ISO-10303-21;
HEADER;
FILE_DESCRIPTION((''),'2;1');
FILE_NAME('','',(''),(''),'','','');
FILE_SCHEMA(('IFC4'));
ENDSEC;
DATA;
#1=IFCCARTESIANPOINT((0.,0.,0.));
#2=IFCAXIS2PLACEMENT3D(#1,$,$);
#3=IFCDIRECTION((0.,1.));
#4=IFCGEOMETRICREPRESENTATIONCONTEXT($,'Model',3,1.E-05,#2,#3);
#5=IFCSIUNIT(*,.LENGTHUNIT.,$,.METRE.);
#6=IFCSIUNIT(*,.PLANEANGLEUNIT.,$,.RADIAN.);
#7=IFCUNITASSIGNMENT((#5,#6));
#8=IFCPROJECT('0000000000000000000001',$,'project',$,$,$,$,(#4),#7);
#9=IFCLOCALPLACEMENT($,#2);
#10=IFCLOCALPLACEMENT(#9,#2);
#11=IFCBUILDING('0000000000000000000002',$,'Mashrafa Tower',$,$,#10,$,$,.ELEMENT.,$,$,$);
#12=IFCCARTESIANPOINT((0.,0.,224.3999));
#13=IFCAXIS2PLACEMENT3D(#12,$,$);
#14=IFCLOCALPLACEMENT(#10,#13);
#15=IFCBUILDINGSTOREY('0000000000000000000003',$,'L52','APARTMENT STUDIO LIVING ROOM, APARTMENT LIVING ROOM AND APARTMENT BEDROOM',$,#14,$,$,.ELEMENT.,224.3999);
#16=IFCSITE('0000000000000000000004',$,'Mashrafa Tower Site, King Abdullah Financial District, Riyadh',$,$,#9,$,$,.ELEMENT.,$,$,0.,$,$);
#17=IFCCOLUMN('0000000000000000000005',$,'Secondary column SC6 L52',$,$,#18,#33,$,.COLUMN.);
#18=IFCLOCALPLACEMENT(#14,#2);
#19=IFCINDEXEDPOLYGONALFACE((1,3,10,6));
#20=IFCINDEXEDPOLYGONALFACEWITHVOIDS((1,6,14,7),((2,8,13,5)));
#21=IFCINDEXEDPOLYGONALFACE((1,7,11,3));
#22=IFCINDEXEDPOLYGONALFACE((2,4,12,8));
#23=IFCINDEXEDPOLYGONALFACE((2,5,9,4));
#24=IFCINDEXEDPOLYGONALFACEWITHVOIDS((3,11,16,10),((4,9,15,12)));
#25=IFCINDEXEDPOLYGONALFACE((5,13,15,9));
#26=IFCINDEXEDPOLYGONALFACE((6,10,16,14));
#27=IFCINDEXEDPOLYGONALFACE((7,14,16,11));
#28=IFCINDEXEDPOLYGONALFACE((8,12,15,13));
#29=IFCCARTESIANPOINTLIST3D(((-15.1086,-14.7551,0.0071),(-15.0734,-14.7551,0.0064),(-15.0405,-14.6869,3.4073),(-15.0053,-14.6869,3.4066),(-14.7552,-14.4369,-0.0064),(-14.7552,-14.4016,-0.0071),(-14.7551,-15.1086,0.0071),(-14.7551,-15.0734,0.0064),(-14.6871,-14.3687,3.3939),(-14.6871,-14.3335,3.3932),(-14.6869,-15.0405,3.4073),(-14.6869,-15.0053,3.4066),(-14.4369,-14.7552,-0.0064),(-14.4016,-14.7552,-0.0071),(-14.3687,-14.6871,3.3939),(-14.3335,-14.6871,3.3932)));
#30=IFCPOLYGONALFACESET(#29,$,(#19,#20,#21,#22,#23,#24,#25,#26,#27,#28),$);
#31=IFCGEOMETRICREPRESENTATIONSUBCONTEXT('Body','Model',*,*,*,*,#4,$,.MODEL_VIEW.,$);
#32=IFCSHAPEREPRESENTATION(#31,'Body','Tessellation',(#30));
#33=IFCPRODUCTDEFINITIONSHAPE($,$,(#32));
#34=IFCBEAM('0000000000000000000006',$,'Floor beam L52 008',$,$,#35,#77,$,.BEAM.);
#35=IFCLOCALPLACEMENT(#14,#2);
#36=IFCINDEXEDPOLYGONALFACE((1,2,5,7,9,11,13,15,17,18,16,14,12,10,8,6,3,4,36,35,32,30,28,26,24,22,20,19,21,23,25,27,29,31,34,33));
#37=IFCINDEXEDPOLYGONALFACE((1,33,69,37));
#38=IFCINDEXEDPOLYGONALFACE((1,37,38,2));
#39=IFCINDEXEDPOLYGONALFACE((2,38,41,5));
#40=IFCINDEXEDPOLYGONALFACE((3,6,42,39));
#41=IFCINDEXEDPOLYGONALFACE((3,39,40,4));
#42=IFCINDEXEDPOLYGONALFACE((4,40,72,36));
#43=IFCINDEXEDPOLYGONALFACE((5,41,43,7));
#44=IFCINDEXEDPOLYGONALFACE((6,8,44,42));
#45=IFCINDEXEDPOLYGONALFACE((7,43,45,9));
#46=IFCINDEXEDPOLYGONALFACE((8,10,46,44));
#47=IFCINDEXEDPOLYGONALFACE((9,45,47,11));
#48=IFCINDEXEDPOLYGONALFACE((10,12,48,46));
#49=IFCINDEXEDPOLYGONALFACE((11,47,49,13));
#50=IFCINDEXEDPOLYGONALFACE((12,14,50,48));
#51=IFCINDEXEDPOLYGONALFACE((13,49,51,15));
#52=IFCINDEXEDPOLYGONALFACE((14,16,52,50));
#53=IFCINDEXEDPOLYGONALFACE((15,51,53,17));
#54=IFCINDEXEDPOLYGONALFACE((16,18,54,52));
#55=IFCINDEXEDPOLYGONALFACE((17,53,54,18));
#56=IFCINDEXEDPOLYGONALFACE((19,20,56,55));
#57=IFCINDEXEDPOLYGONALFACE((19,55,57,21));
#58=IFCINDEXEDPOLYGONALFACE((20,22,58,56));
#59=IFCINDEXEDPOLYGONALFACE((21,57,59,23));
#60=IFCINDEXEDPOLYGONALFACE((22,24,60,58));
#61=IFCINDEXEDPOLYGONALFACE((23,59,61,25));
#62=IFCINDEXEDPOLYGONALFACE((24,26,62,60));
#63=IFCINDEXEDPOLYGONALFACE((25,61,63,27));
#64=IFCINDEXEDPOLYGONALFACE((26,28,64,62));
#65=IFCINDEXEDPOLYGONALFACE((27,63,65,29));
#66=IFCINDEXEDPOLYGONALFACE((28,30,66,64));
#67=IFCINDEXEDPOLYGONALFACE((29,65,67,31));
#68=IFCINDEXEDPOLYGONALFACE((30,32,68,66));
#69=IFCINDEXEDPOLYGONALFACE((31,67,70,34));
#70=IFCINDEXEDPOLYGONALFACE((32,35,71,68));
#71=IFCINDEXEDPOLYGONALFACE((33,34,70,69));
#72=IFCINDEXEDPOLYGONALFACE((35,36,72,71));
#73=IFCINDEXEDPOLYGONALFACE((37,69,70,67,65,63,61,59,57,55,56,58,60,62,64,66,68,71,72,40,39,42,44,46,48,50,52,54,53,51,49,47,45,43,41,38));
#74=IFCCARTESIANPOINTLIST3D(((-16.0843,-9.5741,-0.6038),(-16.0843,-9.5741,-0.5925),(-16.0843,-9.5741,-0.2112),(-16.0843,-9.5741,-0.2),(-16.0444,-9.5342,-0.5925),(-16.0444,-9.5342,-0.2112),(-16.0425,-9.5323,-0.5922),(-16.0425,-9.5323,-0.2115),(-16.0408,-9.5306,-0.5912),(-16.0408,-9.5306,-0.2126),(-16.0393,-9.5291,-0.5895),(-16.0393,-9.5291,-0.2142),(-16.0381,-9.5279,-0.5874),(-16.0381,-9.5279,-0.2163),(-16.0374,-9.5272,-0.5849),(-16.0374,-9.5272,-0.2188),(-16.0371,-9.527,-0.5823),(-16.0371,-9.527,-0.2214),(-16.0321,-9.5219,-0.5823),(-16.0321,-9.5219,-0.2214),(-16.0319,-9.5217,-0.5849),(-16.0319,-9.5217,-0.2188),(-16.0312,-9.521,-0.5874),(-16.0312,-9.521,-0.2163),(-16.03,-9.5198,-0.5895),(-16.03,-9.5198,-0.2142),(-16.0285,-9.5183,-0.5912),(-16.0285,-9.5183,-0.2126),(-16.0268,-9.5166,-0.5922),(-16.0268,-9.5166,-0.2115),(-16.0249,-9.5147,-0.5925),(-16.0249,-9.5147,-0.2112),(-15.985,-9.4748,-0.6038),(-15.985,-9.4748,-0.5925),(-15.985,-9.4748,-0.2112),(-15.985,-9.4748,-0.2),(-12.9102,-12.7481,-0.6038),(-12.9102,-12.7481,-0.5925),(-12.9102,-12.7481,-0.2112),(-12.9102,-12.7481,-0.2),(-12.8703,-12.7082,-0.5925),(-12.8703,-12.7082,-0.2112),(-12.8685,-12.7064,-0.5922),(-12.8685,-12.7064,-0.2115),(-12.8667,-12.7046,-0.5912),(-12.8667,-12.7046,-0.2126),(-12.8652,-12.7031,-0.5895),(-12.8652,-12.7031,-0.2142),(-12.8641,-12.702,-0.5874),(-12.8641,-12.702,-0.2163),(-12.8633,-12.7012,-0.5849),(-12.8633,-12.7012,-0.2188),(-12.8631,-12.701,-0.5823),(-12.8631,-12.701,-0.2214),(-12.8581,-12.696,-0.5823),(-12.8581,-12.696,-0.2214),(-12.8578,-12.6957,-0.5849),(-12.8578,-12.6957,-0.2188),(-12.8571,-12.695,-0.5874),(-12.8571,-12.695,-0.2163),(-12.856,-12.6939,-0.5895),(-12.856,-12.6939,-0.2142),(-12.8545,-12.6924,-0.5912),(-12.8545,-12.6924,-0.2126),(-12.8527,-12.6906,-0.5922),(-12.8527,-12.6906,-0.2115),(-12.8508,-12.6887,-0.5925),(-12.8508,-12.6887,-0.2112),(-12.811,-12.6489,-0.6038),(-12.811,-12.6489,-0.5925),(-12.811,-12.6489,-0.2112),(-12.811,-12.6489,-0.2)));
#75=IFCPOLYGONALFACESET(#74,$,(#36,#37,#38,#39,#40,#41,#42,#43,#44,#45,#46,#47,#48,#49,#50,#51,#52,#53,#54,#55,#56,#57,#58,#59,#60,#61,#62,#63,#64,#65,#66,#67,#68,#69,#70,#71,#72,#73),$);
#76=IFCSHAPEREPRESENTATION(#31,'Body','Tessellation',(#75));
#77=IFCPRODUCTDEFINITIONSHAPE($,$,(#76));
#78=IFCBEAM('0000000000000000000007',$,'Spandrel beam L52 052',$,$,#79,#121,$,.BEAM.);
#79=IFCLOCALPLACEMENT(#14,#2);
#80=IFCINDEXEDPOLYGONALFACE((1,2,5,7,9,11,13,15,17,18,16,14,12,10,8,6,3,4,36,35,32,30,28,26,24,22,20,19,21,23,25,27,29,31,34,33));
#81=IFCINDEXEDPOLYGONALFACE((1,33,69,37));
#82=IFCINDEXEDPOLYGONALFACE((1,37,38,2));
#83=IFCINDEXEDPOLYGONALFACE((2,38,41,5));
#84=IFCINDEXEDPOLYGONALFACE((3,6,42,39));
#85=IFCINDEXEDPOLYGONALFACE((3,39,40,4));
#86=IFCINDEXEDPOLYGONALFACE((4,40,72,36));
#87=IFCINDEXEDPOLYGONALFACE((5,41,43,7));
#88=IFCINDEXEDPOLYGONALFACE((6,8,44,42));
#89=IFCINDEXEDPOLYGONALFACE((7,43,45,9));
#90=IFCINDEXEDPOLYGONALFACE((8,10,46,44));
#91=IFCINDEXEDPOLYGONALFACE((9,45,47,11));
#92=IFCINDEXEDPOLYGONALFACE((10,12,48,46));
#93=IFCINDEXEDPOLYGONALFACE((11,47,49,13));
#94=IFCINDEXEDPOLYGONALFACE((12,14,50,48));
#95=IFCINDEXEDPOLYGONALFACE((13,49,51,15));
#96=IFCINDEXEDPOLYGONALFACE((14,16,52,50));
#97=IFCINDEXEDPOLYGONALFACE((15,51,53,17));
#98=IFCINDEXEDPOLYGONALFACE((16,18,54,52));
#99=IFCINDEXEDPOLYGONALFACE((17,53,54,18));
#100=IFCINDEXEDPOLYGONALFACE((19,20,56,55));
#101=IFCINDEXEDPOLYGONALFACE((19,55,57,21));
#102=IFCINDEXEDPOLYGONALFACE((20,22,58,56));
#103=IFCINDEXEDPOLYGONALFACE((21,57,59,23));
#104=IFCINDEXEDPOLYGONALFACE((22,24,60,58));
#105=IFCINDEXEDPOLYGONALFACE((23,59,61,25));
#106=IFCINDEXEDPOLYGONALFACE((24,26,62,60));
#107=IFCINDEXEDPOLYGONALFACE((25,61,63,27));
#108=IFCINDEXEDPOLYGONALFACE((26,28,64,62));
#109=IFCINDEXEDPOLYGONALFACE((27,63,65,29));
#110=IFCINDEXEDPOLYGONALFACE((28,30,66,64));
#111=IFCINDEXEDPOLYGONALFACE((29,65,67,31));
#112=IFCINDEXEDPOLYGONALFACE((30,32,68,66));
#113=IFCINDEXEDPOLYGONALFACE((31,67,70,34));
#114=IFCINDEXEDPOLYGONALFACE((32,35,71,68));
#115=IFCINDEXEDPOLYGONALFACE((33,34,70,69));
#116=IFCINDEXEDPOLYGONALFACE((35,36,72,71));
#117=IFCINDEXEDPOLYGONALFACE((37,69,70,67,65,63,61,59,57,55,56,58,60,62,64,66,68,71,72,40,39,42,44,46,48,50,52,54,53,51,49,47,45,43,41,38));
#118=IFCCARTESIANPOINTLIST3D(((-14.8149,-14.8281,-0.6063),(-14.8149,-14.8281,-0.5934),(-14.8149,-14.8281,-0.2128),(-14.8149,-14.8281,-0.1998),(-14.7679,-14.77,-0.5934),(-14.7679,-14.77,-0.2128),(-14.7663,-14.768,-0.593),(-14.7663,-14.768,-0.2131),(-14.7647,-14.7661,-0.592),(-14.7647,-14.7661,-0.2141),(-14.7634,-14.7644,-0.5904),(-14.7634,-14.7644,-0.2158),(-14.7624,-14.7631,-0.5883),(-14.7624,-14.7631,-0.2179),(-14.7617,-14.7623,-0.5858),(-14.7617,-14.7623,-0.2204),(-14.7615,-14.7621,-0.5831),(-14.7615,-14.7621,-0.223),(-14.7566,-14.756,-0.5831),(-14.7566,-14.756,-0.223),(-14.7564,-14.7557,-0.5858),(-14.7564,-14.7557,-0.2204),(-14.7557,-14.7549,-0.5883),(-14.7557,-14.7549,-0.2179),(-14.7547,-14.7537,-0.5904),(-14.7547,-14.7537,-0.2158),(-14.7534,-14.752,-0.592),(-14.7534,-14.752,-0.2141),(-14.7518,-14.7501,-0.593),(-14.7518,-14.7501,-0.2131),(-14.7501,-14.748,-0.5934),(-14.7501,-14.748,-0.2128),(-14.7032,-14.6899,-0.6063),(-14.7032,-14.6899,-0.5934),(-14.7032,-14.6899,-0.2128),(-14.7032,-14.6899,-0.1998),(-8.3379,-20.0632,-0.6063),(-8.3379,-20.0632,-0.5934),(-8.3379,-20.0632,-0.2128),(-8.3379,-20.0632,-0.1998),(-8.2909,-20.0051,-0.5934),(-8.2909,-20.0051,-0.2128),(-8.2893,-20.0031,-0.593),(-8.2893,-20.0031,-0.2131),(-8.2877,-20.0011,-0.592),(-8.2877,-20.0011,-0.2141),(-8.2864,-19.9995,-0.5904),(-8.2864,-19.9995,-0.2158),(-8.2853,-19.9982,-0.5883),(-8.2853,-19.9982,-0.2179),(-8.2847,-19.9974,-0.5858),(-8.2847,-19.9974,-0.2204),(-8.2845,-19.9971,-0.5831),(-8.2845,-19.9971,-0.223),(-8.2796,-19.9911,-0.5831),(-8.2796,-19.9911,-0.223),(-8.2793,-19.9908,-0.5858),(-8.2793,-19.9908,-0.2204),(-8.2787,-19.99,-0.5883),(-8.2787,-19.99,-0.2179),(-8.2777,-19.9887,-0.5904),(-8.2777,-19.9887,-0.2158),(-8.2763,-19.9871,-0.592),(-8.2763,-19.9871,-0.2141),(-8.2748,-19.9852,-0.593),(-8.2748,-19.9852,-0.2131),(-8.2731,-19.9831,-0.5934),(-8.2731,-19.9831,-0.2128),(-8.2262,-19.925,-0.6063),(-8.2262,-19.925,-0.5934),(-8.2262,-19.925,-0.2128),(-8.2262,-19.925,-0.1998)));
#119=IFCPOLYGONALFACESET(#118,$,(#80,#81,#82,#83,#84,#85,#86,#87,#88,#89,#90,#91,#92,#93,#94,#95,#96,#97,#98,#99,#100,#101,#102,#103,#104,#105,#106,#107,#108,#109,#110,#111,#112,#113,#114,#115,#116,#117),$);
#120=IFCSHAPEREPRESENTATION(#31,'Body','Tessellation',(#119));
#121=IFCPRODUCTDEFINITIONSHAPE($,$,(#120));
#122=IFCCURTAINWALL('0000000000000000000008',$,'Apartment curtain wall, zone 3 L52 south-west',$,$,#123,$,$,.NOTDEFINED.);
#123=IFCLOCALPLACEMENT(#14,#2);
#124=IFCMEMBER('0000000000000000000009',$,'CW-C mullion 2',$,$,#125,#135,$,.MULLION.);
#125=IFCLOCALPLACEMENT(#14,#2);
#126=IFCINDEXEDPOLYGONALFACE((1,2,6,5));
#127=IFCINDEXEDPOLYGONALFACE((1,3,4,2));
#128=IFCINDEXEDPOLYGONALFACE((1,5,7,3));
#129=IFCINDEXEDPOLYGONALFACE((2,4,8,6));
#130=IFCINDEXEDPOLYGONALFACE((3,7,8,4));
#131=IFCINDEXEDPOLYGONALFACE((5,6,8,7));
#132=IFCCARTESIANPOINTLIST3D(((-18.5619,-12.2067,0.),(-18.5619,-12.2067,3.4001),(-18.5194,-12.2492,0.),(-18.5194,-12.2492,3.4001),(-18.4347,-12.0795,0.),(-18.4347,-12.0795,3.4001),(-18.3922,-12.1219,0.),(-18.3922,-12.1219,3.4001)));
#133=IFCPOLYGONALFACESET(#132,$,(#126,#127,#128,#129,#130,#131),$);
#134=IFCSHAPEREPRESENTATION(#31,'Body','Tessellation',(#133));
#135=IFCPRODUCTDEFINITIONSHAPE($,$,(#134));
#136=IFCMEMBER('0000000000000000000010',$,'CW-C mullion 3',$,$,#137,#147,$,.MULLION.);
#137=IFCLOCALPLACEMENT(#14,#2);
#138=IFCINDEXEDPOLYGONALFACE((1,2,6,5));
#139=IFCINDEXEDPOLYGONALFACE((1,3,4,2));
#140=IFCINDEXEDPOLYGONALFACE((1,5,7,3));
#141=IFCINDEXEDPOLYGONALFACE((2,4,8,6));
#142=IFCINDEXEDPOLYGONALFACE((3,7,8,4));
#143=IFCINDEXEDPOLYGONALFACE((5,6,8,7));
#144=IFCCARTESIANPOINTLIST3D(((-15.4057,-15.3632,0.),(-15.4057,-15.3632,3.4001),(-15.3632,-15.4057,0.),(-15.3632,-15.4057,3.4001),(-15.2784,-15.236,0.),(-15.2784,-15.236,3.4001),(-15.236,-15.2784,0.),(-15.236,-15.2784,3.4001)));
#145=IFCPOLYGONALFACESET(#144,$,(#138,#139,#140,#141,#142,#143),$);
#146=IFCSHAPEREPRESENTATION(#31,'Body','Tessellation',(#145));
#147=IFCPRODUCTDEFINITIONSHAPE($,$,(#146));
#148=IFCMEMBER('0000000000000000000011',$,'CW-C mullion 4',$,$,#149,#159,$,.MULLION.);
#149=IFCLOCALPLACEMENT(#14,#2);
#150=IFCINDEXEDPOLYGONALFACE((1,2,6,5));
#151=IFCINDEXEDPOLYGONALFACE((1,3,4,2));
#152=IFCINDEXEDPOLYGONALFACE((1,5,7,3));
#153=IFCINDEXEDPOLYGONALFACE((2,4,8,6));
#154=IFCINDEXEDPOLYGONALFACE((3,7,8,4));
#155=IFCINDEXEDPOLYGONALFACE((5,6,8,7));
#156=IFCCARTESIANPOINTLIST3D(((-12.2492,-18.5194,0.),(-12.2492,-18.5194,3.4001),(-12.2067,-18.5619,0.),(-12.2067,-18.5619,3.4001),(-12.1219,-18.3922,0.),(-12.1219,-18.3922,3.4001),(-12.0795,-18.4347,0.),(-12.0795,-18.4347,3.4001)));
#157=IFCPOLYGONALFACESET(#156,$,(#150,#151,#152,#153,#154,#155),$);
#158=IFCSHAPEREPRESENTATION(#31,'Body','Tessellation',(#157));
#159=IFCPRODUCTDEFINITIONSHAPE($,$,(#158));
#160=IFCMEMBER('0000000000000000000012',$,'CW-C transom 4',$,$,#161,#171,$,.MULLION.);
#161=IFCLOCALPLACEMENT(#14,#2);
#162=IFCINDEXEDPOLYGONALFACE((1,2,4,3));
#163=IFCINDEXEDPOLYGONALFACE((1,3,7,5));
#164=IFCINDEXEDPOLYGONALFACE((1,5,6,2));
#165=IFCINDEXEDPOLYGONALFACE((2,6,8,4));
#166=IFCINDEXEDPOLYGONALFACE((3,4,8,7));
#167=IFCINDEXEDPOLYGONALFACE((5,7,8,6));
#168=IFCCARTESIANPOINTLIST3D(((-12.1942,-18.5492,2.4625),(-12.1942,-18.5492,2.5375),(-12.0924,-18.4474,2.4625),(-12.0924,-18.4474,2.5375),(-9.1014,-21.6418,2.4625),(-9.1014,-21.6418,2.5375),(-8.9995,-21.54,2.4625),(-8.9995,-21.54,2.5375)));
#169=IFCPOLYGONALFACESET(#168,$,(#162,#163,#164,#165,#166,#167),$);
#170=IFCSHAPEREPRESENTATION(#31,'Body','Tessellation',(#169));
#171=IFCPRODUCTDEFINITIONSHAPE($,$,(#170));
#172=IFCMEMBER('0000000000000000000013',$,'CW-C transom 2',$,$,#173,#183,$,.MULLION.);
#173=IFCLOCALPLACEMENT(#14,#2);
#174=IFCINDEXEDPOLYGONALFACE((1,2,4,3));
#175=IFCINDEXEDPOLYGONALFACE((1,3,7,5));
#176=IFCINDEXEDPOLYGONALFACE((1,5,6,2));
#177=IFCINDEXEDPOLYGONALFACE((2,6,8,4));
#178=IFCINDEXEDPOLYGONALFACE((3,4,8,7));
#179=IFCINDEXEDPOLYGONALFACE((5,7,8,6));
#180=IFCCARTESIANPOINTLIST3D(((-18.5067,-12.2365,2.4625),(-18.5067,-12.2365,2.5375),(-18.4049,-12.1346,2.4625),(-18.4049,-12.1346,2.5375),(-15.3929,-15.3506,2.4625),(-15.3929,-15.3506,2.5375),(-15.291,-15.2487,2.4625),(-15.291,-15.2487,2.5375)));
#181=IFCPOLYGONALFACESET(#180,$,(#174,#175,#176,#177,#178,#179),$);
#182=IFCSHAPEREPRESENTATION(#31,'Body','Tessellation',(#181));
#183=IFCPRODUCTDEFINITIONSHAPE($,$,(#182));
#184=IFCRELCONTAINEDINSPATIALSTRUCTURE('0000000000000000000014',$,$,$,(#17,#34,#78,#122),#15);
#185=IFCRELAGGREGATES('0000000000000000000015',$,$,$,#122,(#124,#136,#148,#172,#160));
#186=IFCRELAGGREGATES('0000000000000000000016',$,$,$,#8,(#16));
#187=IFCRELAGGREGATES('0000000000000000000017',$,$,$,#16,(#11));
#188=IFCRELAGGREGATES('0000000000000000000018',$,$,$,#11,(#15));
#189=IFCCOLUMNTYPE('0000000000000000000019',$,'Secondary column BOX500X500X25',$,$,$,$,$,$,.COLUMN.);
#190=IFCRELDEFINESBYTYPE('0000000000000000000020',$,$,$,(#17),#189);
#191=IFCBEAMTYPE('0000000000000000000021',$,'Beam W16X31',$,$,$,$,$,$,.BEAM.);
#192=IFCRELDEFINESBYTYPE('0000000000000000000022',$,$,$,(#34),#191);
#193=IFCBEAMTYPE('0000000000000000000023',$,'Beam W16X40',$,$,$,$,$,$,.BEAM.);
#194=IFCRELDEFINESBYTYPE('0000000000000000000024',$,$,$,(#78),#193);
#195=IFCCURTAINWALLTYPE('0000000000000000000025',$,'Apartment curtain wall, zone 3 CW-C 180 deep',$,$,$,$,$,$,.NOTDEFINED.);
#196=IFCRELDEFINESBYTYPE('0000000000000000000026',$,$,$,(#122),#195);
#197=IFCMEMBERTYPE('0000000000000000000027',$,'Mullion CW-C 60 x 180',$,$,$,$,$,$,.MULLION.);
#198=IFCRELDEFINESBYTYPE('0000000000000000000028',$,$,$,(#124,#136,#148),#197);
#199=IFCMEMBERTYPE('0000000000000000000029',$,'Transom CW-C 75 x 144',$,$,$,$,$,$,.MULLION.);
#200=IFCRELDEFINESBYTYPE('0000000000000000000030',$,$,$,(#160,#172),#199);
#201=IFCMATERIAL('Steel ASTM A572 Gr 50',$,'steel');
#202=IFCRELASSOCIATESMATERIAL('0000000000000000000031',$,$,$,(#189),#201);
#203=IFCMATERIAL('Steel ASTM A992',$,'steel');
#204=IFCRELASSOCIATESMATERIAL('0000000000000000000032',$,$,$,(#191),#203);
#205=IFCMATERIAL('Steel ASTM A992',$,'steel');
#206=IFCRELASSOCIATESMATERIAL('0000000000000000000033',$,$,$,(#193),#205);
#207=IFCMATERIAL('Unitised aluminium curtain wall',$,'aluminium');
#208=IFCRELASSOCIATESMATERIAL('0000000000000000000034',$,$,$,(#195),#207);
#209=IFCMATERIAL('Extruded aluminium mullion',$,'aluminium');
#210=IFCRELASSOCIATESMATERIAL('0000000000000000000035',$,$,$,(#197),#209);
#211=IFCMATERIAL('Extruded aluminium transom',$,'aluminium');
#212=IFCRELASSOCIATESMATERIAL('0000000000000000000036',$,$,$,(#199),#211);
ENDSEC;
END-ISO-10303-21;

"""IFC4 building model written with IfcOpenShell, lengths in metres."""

from ifc_helpers import new_model, si_unit, direction, frame, origin, origin_2d, place, context, subcontext, project, spatial, rectangle, hollow_rectangle, i_section, extrude, source, transform, mapped, material, material_profile, profile_set, type_object, type_shapes, element, aggregate, save


model = new_model("IFC4")

# Units and contexts
model_context = context("Model", 3, precision=1e-05, world=origin(), true_north=direction((0.0, 1.0)))
body_context = subcontext(model_context, "Body", "Model", "MODEL_VIEW")
ifc_project = project(units=[si_unit("LENGTHUNIT", "METRE"), si_unit("PLANEANGLEUNIT", "RADIAN")], contexts=[model_context])

# Site, building, storey
site_placement = place(None, origin())
site = spatial("IfcSite", under=ifc_project, at=site_placement, Name="Mashrafa Tower Site, King Abdullah Financial District, Riyadh", CompositionType="ELEMENT", RefElevation=0.0)
building_placement = place(site_placement, origin())
building = spatial("IfcBuilding", under=site, at=building_placement, Name="Mashrafa Tower", CompositionType="ELEMENT")
storey_placement = place(building_placement, frame((0.0, 0.0, 224.3999)))
storey = spatial("IfcBuildingStorey", under=building, at=storey_placement, Name="L52", Description="APARTMENT STUDIO LIVING ROOM, APARTMENT LIVING ROOM AND APARTMENT BEDROOM", CompositionType="ELEMENT", Elevation=224.3999)

# Column
ifc_material_1 = material(Name="Steel ASTM A572 Gr 50", Category="steel")
ifc_material_profile_1 = material_profile(ifc_material_1, hollow_rectangle(XDim=0.5, YDim=0.5, WallThickness=0.0249, at=origin_2d()), Name="BOX500X500X25")
ifc_profile_set_1 = profile_set([ifc_material_profile_1], Name="Steel ASTM A572 Gr 50")
column_type = type_object("IfcColumnType", Name="Secondary column BOX500X500X25", PredefinedType="COLUMN", material=ifc_profile_set_1)
column_placement = place(storey_placement, frame((-14.7551, -14.7551, 0.0), z_axis=(0.020025, 0.020025, 0.999599), x_axis=(-0.707107, 0.707107, 0.0)))
element("IfcColumn", 1, at=column_placement, inside=storey, type_object=column_type, Name="Secondary column SC6 L52", PredefinedType="COLUMN", context=body_context, shape_type="SweptSolid", body=[
    extrude(hollow_rectangle(XDim=0.5, YDim=0.5, WallThickness=0.0249, at=origin_2d()), origin(), (0.0, 0.0, 1.0), 3.4016),
])

# Beams
ifc_material_2 = material(Name="Steel ASTM A992", Category="steel")
ifc_material_profile_2 = material_profile(ifc_material_2, i_section(OverallWidth=0.1404, OverallDepth=0.4038, WebThickness=0.0071, FlangeThickness=0.0112, FilletRadius=0.0103, at=origin_2d()), Name="W16X31")
ifc_profile_set_2 = profile_set([ifc_material_profile_2], Name="Steel ASTM A992")
beam_type_1 = type_object("IfcBeamType", Name="Beam W16X31", PredefinedType="BEAM", material=ifc_profile_set_2)
beam_1_placement = place(storey_placement, frame((-12.8606, -12.6985, -0.4019), z_axis=(-0.707107, 0.707107, 0.0), x_axis=(-0.707107, -0.707107, 0.0)))
element("IfcBeam", 2, at=beam_1_placement, inside=storey, type_object=beam_type_1, Name="Floor beam L52 008", PredefinedType="BEAM", context=body_context, shape_type="SweptSolid", body=[
    extrude(i_section(OverallWidth=0.1404, OverallDepth=0.4038, WebThickness=0.0071, FlangeThickness=0.0112, FilletRadius=0.0103, at=origin_2d()), origin(), (0.0, 0.0, 1.0), 4.4888),
])
ifc_material_3 = material(Name="Steel ASTM A992", Category="steel")
ifc_material_profile_3 = material_profile(ifc_material_3, i_section(OverallWidth=0.1777, OverallDepth=0.4065, WebThickness=0.0078, FlangeThickness=0.0129, FilletRadius=0.0103, at=origin_2d()), Name="W16X40")
ifc_profile_set_3 = profile_set([ifc_material_profile_3], Name="Steel ASTM A992")
beam_type_2 = type_object("IfcBeamType", Name="Beam W16X40", PredefinedType="BEAM", material=ifc_profile_set_3)
beam_2_placement = place(storey_placement, frame((-14.759, -14.759, -0.4031), z_axis=(0.777727, -0.628602, 0.0), x_axis=(0.628602, 0.777727, 0.0)))
element("IfcBeam", 3, at=beam_2_placement, inside=storey, type_object=beam_type_2, Name="Spandrel beam L52 052", PredefinedType="BEAM", context=body_context, shape_type="SweptSolid", body=[
    extrude(i_section(OverallWidth=0.1777, OverallDepth=0.4065, WebThickness=0.0078, FlangeThickness=0.0129, FilletRadius=0.0103, at=origin_2d()), origin(), (0.0, 0.0, 1.0), 8.3281),
])

# Curtain wall, members
ifc_material_4 = material(Name="Unitised aluminium curtain wall", Category="aluminium")
curtain_wall_type = type_object("IfcCurtainWallType", Name="Apartment curtain wall, zone 3 CW-C 180 deep", PredefinedType="NOTDEFINED", material=ifc_material_4)
curtain_wall_placement = place(storey_placement, origin())
curtain_wall = element("IfcCurtainWall", 4, at=curtain_wall_placement, inside=storey, type_object=curtain_wall_type, Name="Apartment curtain wall, zone 3 L52 south-west", PredefinedType="NOTDEFINED")
ifc_material_5 = material(Name="Extruded aluminium mullion", Category="aluminium")
ifc_material_profile_4 = material_profile(ifc_material_5, rectangle(XDim=0.1799, YDim=0.0601, at=origin_2d()), Name="Mullion 60x180")
ifc_profile_set_4 = profile_set([ifc_material_profile_4], Name="Extruded aluminium mullion")
member_type_1 = type_object("IfcMemberType", Name="Mullion CW-C 60 x 180", PredefinedType="MULLION", material=ifc_profile_set_4)
shared_shape_1 = source(origin(), body_context, "Body", "SweptSolid", [
    extrude(rectangle(XDim=0.1799, YDim=0.0601, at=origin_2d()), origin(), (0.0, 0.0, 1.0), 3.4001),
])
type_shapes(member_type_1, [shared_shape_1])
member_1_placement = place(storey_placement, frame((-18.4771, -12.1643, 0.0), z_axis=(0.0, 0.0, 1.0), x_axis=(0.707107, 0.707107, 0.0)))
member_1 = element("IfcMember", 5, at=member_1_placement, type_object=member_type_1, Name="CW-C mullion 2", PredefinedType="MULLION", context=body_context, shape_type="MappedRepresentation", body=[
    mapped(shared_shape_1, transform((0.0, 0.0, 0.0))),
])
member_2_placement = place(storey_placement, frame((-15.3208, -15.3208, 0.0), z_axis=(0.0, 0.0, 1.0), x_axis=(0.707107, 0.707107, 0.0)))
member_2 = element("IfcMember", 6, at=member_2_placement, type_object=member_type_1, Name="CW-C mullion 3", PredefinedType="MULLION", context=body_context, shape_type="MappedRepresentation", body=[
    mapped(shared_shape_1, transform((0.0, 0.0, 0.0))),
])
member_3_placement = place(storey_placement, frame((-12.1643, -18.4771, 0.0), z_axis=(0.0, 0.0, 1.0), x_axis=(0.707107, 0.707107, 0.0)))
member_3 = element("IfcMember", 7, at=member_3_placement, type_object=member_type_1, Name="CW-C mullion 4", PredefinedType="MULLION", context=body_context, shape_type="MappedRepresentation", body=[
    mapped(shared_shape_1, transform((0.0, 0.0, 0.0))),
])
ifc_material_6 = material(Name="Extruded aluminium transom", Category="aluminium")
ifc_material_profile_5 = material_profile(ifc_material_6, rectangle(XDim=0.144, YDim=0.075, at=origin_2d()), Name="Transom 75x144")
ifc_profile_set_5 = profile_set([ifc_material_profile_5], Name="Extruded aluminium transom")
member_type_2 = type_object("IfcMemberType", Name="Transom CW-C 75 x 144", PredefinedType="MULLION", material=ifc_profile_set_5)
shared_shape_2 = source(origin(), body_context, "Body", "SweptSolid", [
    extrude(rectangle(XDim=0.144, YDim=0.075, at=origin_2d()), origin(), (0.0, 0.0, 1.0), 4.3738),
])
member_4_placement = place(storey_placement, frame((-12.1433, -18.4983, 2.5), z_axis=(0.707135, -0.707079, 0.0), x_axis=(0.707079, 0.707135, 0.0)))
member_4 = element("IfcMember", 8, at=member_4_placement, type_object=member_type_2, Name="CW-C transom 4", PredefinedType="MULLION", context=body_context, shape_type="MappedRepresentation", body=[
    mapped(shared_shape_2, transform((0.0, 0.0, 0.0))),
])
shared_shape_3 = source(origin(), body_context, "Body", "SweptSolid", [
    extrude(rectangle(XDim=0.144, YDim=0.075, at=origin_2d()), origin(), (0.0, 0.0, 1.0), 4.4038),
])
type_shapes(member_type_2, [shared_shape_2, shared_shape_3])
member_5_placement = place(storey_placement, frame((-18.4558, -12.1855, 2.5), z_axis=(0.707079, -0.707135, 0.0), x_axis=(0.707135, 0.707079, 0.0)))
member_5 = element("IfcMember", 9, at=member_5_placement, type_object=member_type_2, Name="CW-C transom 2", PredefinedType="MULLION", context=body_context, shape_type="MappedRepresentation", body=[
    mapped(shared_shape_3, transform((0.0, 0.0, 0.0))),
])
aggregate(curtain_wall, [member_1, member_2, member_3, member_5, member_4])

save(model, "model.ifc")
